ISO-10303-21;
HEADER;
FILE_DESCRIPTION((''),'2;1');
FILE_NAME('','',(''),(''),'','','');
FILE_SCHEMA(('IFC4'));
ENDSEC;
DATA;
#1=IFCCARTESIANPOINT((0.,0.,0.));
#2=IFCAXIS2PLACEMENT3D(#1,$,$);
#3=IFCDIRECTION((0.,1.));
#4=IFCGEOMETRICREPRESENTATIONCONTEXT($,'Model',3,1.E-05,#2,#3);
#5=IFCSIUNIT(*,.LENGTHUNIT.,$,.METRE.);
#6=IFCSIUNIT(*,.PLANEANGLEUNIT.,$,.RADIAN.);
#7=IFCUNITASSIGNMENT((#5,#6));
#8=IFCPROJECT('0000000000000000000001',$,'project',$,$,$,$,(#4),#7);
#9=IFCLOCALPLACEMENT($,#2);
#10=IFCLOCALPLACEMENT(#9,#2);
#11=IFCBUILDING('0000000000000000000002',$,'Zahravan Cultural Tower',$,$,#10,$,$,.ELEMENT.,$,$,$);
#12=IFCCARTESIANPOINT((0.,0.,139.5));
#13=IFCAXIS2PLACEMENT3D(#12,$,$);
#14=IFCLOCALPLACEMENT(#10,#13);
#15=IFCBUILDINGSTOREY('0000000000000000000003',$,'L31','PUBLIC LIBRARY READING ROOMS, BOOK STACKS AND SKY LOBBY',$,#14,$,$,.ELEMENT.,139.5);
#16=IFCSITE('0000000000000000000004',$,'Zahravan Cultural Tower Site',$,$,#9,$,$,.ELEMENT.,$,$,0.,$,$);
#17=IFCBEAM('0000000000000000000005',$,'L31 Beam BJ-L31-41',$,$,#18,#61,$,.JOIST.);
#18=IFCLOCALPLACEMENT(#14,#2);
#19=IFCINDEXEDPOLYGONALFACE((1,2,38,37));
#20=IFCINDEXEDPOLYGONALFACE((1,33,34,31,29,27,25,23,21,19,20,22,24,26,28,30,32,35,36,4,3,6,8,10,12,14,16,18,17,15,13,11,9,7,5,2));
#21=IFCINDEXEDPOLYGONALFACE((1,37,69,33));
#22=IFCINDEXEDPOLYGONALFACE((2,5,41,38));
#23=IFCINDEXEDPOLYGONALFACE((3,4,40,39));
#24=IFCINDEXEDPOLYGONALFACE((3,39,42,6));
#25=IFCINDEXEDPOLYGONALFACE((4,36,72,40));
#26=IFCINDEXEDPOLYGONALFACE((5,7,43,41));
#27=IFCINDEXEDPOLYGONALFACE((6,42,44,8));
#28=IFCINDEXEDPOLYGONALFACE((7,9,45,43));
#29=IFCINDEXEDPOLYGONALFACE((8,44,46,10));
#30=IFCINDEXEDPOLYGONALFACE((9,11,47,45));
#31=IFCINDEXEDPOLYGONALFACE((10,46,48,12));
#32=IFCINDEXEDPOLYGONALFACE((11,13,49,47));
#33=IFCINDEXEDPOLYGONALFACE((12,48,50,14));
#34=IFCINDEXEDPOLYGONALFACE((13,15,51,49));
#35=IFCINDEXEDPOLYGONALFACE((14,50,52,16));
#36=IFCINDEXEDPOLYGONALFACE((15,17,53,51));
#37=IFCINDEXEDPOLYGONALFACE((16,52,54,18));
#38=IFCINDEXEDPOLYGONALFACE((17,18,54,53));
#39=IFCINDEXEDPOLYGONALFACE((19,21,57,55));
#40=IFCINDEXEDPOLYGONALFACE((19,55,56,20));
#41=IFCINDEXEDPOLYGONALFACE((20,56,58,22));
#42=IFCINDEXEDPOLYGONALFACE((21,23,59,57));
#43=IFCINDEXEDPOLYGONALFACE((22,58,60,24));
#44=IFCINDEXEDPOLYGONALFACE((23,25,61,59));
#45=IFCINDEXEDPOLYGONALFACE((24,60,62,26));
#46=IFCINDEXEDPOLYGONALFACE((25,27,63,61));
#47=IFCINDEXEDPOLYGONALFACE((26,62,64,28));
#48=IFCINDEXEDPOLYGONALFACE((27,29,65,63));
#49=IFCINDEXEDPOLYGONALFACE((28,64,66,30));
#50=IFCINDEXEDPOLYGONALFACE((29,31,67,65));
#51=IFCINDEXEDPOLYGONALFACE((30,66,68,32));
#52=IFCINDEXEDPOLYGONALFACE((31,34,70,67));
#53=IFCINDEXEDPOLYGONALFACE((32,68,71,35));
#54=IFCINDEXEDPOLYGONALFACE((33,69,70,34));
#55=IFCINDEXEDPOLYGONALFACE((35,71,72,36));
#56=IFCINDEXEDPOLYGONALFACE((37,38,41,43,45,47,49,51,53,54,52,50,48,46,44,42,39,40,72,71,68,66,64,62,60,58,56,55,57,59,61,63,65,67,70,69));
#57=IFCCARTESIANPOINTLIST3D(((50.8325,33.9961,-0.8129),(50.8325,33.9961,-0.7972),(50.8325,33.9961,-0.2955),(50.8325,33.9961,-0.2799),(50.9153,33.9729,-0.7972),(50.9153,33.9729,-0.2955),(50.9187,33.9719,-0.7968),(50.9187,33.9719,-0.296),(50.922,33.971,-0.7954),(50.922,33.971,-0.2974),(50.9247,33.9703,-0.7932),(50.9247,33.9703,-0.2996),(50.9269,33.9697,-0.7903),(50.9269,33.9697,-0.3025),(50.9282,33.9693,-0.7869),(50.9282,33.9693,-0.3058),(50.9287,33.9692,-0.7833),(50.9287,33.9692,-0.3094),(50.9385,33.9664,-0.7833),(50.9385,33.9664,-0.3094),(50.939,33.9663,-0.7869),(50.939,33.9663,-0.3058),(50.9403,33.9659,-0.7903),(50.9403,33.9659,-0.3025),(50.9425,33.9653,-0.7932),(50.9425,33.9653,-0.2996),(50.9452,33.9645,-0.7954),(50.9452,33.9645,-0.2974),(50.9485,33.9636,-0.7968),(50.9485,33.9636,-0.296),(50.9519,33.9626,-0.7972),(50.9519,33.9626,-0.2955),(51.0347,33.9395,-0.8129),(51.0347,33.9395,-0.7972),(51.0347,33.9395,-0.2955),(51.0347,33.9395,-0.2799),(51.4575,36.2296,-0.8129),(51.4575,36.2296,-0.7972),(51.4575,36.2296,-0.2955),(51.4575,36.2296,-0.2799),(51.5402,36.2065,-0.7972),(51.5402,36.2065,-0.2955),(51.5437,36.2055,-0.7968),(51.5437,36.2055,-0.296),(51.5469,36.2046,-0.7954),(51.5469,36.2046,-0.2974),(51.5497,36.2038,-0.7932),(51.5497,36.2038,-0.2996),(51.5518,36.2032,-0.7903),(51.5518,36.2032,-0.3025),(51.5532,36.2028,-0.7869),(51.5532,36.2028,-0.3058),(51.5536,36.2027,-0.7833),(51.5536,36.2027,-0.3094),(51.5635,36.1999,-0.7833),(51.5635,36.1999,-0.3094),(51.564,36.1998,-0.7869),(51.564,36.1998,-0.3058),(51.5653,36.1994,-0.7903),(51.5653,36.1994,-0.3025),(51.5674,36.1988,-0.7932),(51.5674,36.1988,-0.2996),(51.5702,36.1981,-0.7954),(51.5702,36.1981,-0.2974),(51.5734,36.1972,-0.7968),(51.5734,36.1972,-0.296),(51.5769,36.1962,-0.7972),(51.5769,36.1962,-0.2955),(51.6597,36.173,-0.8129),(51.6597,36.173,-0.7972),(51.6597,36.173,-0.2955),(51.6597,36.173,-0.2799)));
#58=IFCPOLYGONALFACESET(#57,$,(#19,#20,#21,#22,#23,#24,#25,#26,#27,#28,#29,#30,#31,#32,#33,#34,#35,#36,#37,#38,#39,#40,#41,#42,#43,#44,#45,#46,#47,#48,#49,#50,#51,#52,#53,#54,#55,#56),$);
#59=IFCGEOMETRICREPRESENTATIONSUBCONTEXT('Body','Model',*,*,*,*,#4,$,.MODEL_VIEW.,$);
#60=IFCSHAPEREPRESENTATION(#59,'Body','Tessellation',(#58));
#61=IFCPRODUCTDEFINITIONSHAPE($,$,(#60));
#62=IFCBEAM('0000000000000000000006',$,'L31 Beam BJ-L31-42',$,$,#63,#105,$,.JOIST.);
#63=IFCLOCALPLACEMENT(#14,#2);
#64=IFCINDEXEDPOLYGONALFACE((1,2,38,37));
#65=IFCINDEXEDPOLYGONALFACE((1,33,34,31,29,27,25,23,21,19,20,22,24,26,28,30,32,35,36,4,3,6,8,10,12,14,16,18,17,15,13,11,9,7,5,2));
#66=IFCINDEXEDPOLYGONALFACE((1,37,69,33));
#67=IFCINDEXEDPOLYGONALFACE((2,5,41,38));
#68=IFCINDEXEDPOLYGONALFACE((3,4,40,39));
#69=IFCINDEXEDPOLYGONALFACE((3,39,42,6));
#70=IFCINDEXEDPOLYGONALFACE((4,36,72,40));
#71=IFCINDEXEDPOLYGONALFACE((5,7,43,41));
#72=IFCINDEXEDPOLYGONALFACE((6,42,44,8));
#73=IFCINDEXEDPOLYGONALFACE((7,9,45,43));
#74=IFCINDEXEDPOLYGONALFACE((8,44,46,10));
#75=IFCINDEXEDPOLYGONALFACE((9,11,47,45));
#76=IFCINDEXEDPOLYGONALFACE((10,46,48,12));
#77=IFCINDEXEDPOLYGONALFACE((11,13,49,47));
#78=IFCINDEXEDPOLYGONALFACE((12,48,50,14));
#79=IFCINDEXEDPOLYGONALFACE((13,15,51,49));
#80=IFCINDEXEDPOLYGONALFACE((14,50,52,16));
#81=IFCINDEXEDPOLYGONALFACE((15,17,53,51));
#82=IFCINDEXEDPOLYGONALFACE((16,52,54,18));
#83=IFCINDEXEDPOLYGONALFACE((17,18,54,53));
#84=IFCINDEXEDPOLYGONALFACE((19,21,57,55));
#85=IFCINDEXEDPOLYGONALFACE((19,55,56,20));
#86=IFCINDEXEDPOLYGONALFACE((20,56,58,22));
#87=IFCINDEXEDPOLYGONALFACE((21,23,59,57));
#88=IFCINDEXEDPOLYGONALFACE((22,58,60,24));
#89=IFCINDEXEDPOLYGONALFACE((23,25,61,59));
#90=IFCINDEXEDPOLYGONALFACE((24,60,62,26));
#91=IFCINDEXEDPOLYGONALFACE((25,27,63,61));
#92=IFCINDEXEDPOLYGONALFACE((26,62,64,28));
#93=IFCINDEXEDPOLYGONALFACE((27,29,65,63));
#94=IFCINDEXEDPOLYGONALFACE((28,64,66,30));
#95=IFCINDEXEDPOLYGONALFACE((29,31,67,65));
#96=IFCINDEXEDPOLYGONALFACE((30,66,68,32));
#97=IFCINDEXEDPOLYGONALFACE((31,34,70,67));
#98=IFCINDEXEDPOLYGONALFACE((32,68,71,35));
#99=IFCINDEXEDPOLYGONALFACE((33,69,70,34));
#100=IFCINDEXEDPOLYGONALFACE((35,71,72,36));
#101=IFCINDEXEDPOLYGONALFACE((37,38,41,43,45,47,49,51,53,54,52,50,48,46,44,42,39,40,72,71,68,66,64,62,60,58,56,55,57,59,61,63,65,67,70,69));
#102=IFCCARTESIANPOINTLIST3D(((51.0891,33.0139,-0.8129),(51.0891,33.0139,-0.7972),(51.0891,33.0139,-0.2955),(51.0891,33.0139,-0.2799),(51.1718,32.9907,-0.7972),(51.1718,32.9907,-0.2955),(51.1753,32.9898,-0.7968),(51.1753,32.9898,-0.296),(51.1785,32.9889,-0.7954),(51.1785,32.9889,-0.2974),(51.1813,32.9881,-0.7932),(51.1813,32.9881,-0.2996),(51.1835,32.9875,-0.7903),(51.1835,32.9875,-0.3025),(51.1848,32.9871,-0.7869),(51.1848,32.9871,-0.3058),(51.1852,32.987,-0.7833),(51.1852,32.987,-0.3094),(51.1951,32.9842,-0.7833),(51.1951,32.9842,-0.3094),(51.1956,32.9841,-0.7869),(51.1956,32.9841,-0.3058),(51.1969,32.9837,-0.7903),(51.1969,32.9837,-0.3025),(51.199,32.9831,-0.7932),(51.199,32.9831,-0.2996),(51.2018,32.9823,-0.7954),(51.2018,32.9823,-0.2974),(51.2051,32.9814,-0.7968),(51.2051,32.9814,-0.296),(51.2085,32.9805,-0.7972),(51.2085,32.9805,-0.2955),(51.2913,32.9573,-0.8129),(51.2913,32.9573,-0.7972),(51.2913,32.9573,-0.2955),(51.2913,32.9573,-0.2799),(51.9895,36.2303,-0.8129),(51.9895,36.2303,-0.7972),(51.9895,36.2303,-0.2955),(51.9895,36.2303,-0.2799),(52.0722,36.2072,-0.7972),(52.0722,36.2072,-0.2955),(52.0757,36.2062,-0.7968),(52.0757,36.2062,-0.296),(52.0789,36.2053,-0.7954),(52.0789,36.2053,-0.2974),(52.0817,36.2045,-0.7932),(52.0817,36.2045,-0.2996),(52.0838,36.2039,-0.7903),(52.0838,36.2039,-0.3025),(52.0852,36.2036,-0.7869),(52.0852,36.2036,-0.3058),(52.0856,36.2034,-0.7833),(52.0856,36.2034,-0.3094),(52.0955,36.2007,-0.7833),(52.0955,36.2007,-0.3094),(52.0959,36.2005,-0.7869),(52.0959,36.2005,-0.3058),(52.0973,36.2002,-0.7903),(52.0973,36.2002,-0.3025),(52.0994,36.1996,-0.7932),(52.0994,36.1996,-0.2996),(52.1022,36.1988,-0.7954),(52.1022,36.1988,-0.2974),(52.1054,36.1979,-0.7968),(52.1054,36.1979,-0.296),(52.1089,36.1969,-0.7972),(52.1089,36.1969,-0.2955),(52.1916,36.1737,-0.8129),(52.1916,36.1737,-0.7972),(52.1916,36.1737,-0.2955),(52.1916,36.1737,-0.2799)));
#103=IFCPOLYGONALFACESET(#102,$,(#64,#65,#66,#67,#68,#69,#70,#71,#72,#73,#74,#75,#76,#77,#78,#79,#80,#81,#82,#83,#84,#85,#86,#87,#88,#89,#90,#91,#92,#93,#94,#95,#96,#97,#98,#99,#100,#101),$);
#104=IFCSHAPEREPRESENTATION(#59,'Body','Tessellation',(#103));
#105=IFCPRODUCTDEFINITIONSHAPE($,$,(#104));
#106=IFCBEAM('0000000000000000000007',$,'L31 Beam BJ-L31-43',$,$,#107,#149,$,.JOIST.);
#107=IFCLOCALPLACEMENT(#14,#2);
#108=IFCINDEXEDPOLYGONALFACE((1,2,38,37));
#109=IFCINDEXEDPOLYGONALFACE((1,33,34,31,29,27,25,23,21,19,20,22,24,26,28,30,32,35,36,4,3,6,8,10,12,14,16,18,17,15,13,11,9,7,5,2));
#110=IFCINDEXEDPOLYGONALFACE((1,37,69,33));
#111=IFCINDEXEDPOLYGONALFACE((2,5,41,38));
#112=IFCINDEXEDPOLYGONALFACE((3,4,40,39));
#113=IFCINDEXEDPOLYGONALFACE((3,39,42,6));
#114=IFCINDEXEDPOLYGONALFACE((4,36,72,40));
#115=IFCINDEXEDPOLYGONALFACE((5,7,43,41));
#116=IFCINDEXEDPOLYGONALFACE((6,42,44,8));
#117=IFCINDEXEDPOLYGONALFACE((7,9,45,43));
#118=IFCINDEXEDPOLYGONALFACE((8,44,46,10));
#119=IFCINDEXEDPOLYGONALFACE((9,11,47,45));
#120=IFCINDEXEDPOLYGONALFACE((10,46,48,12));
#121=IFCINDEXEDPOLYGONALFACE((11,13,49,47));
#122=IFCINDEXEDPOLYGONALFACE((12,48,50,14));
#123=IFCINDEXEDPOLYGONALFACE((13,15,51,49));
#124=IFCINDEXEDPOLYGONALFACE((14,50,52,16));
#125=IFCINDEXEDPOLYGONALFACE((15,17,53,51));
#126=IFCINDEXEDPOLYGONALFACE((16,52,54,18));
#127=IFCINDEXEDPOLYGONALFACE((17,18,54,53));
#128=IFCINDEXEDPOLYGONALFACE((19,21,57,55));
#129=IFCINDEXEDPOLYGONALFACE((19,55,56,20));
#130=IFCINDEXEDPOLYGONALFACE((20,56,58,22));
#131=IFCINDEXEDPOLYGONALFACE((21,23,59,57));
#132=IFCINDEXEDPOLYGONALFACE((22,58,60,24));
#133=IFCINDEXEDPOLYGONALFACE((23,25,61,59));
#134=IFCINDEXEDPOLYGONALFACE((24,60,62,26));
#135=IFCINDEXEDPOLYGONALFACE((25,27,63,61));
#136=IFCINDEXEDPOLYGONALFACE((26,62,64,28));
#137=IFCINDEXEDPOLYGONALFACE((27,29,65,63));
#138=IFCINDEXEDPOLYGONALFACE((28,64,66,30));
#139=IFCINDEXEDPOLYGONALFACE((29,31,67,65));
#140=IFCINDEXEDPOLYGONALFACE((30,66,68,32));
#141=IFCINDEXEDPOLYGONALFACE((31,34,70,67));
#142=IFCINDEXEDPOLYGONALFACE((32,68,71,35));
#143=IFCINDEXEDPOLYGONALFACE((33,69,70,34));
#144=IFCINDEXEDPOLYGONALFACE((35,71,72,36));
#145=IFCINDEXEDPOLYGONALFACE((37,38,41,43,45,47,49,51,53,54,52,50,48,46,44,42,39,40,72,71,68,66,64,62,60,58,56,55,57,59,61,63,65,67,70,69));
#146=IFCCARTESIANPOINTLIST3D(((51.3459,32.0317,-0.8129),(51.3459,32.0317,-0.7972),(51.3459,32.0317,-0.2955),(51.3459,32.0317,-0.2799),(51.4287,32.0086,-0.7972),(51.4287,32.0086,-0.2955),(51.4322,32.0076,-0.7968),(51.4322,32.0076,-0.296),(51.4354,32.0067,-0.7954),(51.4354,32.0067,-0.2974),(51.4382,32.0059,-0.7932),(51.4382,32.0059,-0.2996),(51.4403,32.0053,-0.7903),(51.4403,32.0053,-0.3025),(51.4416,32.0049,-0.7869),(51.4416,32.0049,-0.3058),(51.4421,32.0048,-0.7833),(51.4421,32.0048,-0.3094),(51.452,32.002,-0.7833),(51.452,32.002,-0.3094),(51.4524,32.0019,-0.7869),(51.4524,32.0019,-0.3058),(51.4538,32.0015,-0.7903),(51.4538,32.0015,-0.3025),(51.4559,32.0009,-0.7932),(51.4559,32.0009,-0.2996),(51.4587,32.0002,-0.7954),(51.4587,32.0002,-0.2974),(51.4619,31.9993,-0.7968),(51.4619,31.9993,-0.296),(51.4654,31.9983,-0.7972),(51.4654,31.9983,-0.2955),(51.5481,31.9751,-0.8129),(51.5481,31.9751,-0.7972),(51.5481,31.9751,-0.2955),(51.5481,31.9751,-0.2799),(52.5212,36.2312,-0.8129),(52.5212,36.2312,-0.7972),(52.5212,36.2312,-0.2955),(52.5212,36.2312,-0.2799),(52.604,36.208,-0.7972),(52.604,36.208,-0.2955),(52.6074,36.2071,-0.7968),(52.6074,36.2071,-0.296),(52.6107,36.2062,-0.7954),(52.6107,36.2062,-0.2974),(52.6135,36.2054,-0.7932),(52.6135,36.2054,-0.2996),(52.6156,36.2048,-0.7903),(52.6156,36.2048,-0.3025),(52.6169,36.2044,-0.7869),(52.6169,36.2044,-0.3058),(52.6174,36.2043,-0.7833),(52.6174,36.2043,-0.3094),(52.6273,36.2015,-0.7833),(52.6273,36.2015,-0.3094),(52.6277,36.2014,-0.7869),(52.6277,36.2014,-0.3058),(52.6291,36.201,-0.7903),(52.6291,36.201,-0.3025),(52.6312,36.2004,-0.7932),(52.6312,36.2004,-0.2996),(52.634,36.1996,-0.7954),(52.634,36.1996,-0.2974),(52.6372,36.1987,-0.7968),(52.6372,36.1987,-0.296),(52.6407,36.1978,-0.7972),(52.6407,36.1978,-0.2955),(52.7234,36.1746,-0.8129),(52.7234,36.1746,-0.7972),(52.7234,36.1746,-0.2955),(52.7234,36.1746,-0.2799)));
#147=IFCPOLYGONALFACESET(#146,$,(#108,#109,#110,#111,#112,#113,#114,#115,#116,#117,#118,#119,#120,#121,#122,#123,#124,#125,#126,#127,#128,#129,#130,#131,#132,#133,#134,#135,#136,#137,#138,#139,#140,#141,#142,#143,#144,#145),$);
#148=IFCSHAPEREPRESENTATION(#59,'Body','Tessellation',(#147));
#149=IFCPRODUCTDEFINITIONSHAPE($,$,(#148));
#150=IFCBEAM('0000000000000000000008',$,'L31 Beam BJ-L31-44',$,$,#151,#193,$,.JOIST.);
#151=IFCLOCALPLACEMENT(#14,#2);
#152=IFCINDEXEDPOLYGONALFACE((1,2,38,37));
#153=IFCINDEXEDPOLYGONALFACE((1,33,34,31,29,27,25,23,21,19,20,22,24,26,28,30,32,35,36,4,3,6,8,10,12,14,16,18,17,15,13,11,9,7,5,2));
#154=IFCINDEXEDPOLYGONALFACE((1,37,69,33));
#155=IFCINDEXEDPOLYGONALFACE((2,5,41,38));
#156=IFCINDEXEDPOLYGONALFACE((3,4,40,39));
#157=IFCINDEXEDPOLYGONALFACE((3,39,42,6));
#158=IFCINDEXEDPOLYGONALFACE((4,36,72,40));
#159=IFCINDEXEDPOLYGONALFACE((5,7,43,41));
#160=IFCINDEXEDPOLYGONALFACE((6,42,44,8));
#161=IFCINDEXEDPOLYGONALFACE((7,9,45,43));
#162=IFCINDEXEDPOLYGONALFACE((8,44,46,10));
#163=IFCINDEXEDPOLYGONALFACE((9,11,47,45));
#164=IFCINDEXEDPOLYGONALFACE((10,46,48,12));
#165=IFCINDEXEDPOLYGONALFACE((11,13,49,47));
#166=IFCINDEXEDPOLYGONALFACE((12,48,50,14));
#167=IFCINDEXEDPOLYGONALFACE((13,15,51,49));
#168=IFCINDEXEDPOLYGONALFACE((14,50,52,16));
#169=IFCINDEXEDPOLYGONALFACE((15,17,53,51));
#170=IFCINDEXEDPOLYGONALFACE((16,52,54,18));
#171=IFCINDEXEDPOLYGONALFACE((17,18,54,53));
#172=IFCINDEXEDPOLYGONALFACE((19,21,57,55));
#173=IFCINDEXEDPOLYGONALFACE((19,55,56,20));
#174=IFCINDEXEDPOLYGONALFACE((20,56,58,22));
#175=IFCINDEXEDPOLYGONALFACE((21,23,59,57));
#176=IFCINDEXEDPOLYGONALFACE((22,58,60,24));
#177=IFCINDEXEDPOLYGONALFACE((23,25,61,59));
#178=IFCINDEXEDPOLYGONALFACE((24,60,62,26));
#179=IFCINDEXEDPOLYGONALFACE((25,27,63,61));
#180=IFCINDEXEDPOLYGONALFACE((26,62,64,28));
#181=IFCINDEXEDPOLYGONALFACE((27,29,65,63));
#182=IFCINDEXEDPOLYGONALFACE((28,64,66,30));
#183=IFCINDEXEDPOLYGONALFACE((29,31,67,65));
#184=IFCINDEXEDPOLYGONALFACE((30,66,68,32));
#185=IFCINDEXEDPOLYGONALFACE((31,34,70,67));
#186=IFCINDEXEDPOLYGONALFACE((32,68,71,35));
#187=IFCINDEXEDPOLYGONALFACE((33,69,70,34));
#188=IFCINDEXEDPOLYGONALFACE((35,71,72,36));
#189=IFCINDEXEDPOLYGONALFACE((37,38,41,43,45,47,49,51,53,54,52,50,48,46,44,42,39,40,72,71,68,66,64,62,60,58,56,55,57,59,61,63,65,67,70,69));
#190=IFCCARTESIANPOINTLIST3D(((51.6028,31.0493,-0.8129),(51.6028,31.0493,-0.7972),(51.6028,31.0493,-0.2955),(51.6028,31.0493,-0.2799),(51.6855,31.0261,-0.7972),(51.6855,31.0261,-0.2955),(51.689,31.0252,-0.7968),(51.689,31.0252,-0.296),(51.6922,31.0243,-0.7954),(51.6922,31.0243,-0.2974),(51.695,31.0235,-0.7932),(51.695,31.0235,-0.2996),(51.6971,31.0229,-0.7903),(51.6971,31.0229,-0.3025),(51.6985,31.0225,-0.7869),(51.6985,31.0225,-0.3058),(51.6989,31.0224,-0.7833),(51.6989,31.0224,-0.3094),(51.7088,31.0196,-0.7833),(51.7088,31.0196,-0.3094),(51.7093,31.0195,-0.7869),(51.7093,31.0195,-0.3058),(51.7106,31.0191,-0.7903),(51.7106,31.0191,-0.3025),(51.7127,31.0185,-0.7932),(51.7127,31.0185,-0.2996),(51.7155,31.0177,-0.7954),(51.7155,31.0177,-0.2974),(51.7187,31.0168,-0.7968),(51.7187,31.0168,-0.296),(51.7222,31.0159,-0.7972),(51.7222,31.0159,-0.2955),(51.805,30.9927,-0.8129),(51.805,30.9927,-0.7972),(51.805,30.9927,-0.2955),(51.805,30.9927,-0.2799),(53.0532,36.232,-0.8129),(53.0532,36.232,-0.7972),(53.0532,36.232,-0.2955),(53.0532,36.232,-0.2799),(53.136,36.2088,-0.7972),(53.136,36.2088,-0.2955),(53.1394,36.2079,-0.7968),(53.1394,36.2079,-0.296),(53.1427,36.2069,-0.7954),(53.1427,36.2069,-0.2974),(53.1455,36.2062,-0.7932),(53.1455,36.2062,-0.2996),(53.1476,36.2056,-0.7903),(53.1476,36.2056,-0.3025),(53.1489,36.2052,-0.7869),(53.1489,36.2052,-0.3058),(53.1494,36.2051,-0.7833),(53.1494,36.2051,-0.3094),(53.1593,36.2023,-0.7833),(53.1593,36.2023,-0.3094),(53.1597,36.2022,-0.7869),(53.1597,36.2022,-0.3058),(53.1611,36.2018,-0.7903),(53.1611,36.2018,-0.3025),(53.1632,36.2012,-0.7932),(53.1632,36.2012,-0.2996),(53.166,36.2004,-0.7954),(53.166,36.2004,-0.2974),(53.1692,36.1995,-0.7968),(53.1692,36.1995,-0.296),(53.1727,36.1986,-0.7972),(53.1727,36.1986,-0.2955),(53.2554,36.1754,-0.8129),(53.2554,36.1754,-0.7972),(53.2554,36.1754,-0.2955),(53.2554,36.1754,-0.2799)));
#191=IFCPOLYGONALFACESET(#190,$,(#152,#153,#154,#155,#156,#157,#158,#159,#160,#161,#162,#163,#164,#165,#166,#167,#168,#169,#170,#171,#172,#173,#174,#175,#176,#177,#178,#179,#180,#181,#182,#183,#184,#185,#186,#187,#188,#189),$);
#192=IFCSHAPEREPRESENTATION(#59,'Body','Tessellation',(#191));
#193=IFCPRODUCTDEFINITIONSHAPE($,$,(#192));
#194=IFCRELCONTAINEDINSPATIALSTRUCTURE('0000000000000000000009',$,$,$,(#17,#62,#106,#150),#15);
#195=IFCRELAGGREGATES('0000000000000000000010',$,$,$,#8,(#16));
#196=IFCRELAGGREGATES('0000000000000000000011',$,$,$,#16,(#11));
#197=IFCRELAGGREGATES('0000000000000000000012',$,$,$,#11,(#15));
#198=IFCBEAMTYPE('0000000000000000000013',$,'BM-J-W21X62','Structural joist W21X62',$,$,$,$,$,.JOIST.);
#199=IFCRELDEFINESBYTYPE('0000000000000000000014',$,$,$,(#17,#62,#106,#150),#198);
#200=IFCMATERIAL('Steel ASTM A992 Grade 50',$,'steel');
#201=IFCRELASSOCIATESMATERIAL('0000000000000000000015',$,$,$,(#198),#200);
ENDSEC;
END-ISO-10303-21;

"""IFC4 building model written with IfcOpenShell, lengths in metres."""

from ifc_helpers import new_model, si_unit, direction, frame, origin, origin_2d, place, context, subcontext, project, spatial, i_section, extrude, source, transform, mapped, material, material_profile, profile_set, type_object, element, save


model = new_model("IFC4")

# Units and contexts
model_context = context("Model", 3, precision=1e-05, world=origin(), true_north=direction((0.0, 1.0)))
body_context = subcontext(model_context, "Body", "Model", "MODEL_VIEW")
ifc_project = project(units=[si_unit("LENGTHUNIT", "METRE"), si_unit("PLANEANGLEUNIT", "RADIAN")], contexts=[model_context])

# Site, building, storey
site_placement = place(None, origin())
site = spatial("IfcSite", under=ifc_project, at=site_placement, Name="Zahravan Cultural Tower Site", CompositionType="ELEMENT", RefElevation=0.0)
building_placement = place(site_placement, origin())
building = spatial("IfcBuilding", under=site, at=building_placement, Name="Zahravan Cultural Tower", CompositionType="ELEMENT")
storey_placement = place(building_placement, frame((0.0, 0.0, 139.5)))
storey = spatial("IfcBuildingStorey", under=building, at=storey_placement, Name="L31", Description="PUBLIC LIBRARY READING ROOMS, BOOK STACKS AND SKY LOBBY", CompositionType="ELEMENT", Elevation=139.5)

# Shared definitions
ifc_material_1 = material(Name="Steel ASTM A992 Grade 50", Category="steel")

# Beams
ifc_material_profile_1 = material_profile(ifc_material_1, i_section(OverallWidth=0.21, OverallDepth=0.533, WebThickness=0.0103, FlangeThickness=0.0156, FilletRadius=0.0139, at=origin_2d()), Name="W21X62")
ifc_profile_set_1 = profile_set([ifc_material_profile_1], Name="Steel ASTM A992 Grade 50")
beam_type_1 = type_object("IfcBeamType", Name="BM-J-W21X62", Description="Structural joist W21X62", PredefinedType="JOIST", material=ifc_profile_set_1)
shared_shape_1 = source(origin(), body_context, "Body", "SweptSolid", [
    extrude(i_section(OverallWidth=0.21, OverallDepth=0.533, WebThickness=0.0103, FlangeThickness=0.0156, FilletRadius=0.0139, at=origin_2d()), origin(), (0.0, 0.0, 1.0), 2.3193),
])
beam_1_placement = place(storey_placement, frame((50.9336, 33.9678, -0.5464), z_axis=(0.269462, 0.963011, 0.0), x_axis=(-0.963011, 0.269462, 0.0)))
element("IfcBeam", 1, at=beam_1_placement, inside=storey, type_object=beam_type_1, Name="L31 Beam BJ-L31-41", PredefinedType="JOIST", context=body_context, shape_type="MappedRepresentation", body=[
    mapped(shared_shape_1, transform((0.0, 0.0, 0.0), x_axis=(1.0, 0.0, 0.0), y_axis=(0.0, 1.0, 0.0), z_axis=(0.0, 0.0, 1.0), scale=1.0)),
])
shared_shape_2 = source(origin(), body_context, "Body", "SweptSolid", [
    extrude(i_section(OverallWidth=0.21, OverallDepth=0.533, WebThickness=0.0103, FlangeThickness=0.0156, FilletRadius=0.0139, at=origin_2d()), origin(), (0.0, 0.0, 1.0), 3.3401),
])
beam_2_placement = place(storey_placement, frame((51.1902, 32.9856, -0.5464), z_axis=(0.269562, 0.962983, 0.0), x_axis=(-0.962983, 0.269562, 0.0)))
element("IfcBeam", 2, at=beam_2_placement, inside=storey, type_object=beam_type_1, Name="L31 Beam BJ-L31-42", PredefinedType="JOIST", context=body_context, shape_type="MappedRepresentation", body=[
    mapped(shared_shape_2, transform((0.0, 0.0, 0.0), x_axis=(1.0, 0.0, 0.0), y_axis=(0.0, 1.0, 0.0), z_axis=(0.0, 0.0, 1.0), scale=1.0)),
])
shared_shape_3 = source(origin(), body_context, "Body", "SweptSolid", [
    extrude(i_section(OverallWidth=0.21, OverallDepth=0.533, WebThickness=0.0103, FlangeThickness=0.0156, FilletRadius=0.0139, at=origin_2d()), origin(), (0.0, 0.0, 1.0), 4.3608),
])
beam_3_placement = place(storey_placement, frame((51.447, 32.0034, -0.5464), z_axis=(0.269512, 0.962997, 0.0), x_axis=(-0.962997, 0.269512, 0.0)))
element("IfcBeam", 3, at=beam_3_placement, inside=storey, type_object=beam_type_1, Name="L31 Beam BJ-L31-43", PredefinedType="JOIST", context=body_context, shape_type="MappedRepresentation", body=[
    mapped(shared_shape_3, transform((0.0, 0.0, 0.0), x_axis=(1.0, 0.0, 0.0), y_axis=(0.0, 1.0, 0.0), z_axis=(0.0, 0.0, 1.0), scale=1.0)),
])
shared_shape_4 = source(origin(), body_context, "Body", "SweptSolid", [
    extrude(i_section(OverallWidth=0.21, OverallDepth=0.533, WebThickness=0.0103, FlangeThickness=0.0156, FilletRadius=0.0139, at=origin_2d()), origin(), (0.0, 0.0, 1.0), 5.3818),
])
beam_4_placement = place(storey_placement, frame((51.7039, 31.021, -0.5464), z_axis=(0.26951, 0.962997, 0.0), x_axis=(-0.962997, 0.26951, 0.0)))
element("IfcBeam", 4, at=beam_4_placement, inside=storey, type_object=beam_type_1, Name="L31 Beam BJ-L31-44", PredefinedType="JOIST", context=body_context, shape_type="MappedRepresentation", body=[
    mapped(shared_shape_4, transform((0.0, 0.0, 0.0), x_axis=(1.0, 0.0, 0.0), y_axis=(0.0, 1.0, 0.0), z_axis=(0.0, 0.0, 1.0), scale=1.0)),
])

save(model, "model.ifc")
